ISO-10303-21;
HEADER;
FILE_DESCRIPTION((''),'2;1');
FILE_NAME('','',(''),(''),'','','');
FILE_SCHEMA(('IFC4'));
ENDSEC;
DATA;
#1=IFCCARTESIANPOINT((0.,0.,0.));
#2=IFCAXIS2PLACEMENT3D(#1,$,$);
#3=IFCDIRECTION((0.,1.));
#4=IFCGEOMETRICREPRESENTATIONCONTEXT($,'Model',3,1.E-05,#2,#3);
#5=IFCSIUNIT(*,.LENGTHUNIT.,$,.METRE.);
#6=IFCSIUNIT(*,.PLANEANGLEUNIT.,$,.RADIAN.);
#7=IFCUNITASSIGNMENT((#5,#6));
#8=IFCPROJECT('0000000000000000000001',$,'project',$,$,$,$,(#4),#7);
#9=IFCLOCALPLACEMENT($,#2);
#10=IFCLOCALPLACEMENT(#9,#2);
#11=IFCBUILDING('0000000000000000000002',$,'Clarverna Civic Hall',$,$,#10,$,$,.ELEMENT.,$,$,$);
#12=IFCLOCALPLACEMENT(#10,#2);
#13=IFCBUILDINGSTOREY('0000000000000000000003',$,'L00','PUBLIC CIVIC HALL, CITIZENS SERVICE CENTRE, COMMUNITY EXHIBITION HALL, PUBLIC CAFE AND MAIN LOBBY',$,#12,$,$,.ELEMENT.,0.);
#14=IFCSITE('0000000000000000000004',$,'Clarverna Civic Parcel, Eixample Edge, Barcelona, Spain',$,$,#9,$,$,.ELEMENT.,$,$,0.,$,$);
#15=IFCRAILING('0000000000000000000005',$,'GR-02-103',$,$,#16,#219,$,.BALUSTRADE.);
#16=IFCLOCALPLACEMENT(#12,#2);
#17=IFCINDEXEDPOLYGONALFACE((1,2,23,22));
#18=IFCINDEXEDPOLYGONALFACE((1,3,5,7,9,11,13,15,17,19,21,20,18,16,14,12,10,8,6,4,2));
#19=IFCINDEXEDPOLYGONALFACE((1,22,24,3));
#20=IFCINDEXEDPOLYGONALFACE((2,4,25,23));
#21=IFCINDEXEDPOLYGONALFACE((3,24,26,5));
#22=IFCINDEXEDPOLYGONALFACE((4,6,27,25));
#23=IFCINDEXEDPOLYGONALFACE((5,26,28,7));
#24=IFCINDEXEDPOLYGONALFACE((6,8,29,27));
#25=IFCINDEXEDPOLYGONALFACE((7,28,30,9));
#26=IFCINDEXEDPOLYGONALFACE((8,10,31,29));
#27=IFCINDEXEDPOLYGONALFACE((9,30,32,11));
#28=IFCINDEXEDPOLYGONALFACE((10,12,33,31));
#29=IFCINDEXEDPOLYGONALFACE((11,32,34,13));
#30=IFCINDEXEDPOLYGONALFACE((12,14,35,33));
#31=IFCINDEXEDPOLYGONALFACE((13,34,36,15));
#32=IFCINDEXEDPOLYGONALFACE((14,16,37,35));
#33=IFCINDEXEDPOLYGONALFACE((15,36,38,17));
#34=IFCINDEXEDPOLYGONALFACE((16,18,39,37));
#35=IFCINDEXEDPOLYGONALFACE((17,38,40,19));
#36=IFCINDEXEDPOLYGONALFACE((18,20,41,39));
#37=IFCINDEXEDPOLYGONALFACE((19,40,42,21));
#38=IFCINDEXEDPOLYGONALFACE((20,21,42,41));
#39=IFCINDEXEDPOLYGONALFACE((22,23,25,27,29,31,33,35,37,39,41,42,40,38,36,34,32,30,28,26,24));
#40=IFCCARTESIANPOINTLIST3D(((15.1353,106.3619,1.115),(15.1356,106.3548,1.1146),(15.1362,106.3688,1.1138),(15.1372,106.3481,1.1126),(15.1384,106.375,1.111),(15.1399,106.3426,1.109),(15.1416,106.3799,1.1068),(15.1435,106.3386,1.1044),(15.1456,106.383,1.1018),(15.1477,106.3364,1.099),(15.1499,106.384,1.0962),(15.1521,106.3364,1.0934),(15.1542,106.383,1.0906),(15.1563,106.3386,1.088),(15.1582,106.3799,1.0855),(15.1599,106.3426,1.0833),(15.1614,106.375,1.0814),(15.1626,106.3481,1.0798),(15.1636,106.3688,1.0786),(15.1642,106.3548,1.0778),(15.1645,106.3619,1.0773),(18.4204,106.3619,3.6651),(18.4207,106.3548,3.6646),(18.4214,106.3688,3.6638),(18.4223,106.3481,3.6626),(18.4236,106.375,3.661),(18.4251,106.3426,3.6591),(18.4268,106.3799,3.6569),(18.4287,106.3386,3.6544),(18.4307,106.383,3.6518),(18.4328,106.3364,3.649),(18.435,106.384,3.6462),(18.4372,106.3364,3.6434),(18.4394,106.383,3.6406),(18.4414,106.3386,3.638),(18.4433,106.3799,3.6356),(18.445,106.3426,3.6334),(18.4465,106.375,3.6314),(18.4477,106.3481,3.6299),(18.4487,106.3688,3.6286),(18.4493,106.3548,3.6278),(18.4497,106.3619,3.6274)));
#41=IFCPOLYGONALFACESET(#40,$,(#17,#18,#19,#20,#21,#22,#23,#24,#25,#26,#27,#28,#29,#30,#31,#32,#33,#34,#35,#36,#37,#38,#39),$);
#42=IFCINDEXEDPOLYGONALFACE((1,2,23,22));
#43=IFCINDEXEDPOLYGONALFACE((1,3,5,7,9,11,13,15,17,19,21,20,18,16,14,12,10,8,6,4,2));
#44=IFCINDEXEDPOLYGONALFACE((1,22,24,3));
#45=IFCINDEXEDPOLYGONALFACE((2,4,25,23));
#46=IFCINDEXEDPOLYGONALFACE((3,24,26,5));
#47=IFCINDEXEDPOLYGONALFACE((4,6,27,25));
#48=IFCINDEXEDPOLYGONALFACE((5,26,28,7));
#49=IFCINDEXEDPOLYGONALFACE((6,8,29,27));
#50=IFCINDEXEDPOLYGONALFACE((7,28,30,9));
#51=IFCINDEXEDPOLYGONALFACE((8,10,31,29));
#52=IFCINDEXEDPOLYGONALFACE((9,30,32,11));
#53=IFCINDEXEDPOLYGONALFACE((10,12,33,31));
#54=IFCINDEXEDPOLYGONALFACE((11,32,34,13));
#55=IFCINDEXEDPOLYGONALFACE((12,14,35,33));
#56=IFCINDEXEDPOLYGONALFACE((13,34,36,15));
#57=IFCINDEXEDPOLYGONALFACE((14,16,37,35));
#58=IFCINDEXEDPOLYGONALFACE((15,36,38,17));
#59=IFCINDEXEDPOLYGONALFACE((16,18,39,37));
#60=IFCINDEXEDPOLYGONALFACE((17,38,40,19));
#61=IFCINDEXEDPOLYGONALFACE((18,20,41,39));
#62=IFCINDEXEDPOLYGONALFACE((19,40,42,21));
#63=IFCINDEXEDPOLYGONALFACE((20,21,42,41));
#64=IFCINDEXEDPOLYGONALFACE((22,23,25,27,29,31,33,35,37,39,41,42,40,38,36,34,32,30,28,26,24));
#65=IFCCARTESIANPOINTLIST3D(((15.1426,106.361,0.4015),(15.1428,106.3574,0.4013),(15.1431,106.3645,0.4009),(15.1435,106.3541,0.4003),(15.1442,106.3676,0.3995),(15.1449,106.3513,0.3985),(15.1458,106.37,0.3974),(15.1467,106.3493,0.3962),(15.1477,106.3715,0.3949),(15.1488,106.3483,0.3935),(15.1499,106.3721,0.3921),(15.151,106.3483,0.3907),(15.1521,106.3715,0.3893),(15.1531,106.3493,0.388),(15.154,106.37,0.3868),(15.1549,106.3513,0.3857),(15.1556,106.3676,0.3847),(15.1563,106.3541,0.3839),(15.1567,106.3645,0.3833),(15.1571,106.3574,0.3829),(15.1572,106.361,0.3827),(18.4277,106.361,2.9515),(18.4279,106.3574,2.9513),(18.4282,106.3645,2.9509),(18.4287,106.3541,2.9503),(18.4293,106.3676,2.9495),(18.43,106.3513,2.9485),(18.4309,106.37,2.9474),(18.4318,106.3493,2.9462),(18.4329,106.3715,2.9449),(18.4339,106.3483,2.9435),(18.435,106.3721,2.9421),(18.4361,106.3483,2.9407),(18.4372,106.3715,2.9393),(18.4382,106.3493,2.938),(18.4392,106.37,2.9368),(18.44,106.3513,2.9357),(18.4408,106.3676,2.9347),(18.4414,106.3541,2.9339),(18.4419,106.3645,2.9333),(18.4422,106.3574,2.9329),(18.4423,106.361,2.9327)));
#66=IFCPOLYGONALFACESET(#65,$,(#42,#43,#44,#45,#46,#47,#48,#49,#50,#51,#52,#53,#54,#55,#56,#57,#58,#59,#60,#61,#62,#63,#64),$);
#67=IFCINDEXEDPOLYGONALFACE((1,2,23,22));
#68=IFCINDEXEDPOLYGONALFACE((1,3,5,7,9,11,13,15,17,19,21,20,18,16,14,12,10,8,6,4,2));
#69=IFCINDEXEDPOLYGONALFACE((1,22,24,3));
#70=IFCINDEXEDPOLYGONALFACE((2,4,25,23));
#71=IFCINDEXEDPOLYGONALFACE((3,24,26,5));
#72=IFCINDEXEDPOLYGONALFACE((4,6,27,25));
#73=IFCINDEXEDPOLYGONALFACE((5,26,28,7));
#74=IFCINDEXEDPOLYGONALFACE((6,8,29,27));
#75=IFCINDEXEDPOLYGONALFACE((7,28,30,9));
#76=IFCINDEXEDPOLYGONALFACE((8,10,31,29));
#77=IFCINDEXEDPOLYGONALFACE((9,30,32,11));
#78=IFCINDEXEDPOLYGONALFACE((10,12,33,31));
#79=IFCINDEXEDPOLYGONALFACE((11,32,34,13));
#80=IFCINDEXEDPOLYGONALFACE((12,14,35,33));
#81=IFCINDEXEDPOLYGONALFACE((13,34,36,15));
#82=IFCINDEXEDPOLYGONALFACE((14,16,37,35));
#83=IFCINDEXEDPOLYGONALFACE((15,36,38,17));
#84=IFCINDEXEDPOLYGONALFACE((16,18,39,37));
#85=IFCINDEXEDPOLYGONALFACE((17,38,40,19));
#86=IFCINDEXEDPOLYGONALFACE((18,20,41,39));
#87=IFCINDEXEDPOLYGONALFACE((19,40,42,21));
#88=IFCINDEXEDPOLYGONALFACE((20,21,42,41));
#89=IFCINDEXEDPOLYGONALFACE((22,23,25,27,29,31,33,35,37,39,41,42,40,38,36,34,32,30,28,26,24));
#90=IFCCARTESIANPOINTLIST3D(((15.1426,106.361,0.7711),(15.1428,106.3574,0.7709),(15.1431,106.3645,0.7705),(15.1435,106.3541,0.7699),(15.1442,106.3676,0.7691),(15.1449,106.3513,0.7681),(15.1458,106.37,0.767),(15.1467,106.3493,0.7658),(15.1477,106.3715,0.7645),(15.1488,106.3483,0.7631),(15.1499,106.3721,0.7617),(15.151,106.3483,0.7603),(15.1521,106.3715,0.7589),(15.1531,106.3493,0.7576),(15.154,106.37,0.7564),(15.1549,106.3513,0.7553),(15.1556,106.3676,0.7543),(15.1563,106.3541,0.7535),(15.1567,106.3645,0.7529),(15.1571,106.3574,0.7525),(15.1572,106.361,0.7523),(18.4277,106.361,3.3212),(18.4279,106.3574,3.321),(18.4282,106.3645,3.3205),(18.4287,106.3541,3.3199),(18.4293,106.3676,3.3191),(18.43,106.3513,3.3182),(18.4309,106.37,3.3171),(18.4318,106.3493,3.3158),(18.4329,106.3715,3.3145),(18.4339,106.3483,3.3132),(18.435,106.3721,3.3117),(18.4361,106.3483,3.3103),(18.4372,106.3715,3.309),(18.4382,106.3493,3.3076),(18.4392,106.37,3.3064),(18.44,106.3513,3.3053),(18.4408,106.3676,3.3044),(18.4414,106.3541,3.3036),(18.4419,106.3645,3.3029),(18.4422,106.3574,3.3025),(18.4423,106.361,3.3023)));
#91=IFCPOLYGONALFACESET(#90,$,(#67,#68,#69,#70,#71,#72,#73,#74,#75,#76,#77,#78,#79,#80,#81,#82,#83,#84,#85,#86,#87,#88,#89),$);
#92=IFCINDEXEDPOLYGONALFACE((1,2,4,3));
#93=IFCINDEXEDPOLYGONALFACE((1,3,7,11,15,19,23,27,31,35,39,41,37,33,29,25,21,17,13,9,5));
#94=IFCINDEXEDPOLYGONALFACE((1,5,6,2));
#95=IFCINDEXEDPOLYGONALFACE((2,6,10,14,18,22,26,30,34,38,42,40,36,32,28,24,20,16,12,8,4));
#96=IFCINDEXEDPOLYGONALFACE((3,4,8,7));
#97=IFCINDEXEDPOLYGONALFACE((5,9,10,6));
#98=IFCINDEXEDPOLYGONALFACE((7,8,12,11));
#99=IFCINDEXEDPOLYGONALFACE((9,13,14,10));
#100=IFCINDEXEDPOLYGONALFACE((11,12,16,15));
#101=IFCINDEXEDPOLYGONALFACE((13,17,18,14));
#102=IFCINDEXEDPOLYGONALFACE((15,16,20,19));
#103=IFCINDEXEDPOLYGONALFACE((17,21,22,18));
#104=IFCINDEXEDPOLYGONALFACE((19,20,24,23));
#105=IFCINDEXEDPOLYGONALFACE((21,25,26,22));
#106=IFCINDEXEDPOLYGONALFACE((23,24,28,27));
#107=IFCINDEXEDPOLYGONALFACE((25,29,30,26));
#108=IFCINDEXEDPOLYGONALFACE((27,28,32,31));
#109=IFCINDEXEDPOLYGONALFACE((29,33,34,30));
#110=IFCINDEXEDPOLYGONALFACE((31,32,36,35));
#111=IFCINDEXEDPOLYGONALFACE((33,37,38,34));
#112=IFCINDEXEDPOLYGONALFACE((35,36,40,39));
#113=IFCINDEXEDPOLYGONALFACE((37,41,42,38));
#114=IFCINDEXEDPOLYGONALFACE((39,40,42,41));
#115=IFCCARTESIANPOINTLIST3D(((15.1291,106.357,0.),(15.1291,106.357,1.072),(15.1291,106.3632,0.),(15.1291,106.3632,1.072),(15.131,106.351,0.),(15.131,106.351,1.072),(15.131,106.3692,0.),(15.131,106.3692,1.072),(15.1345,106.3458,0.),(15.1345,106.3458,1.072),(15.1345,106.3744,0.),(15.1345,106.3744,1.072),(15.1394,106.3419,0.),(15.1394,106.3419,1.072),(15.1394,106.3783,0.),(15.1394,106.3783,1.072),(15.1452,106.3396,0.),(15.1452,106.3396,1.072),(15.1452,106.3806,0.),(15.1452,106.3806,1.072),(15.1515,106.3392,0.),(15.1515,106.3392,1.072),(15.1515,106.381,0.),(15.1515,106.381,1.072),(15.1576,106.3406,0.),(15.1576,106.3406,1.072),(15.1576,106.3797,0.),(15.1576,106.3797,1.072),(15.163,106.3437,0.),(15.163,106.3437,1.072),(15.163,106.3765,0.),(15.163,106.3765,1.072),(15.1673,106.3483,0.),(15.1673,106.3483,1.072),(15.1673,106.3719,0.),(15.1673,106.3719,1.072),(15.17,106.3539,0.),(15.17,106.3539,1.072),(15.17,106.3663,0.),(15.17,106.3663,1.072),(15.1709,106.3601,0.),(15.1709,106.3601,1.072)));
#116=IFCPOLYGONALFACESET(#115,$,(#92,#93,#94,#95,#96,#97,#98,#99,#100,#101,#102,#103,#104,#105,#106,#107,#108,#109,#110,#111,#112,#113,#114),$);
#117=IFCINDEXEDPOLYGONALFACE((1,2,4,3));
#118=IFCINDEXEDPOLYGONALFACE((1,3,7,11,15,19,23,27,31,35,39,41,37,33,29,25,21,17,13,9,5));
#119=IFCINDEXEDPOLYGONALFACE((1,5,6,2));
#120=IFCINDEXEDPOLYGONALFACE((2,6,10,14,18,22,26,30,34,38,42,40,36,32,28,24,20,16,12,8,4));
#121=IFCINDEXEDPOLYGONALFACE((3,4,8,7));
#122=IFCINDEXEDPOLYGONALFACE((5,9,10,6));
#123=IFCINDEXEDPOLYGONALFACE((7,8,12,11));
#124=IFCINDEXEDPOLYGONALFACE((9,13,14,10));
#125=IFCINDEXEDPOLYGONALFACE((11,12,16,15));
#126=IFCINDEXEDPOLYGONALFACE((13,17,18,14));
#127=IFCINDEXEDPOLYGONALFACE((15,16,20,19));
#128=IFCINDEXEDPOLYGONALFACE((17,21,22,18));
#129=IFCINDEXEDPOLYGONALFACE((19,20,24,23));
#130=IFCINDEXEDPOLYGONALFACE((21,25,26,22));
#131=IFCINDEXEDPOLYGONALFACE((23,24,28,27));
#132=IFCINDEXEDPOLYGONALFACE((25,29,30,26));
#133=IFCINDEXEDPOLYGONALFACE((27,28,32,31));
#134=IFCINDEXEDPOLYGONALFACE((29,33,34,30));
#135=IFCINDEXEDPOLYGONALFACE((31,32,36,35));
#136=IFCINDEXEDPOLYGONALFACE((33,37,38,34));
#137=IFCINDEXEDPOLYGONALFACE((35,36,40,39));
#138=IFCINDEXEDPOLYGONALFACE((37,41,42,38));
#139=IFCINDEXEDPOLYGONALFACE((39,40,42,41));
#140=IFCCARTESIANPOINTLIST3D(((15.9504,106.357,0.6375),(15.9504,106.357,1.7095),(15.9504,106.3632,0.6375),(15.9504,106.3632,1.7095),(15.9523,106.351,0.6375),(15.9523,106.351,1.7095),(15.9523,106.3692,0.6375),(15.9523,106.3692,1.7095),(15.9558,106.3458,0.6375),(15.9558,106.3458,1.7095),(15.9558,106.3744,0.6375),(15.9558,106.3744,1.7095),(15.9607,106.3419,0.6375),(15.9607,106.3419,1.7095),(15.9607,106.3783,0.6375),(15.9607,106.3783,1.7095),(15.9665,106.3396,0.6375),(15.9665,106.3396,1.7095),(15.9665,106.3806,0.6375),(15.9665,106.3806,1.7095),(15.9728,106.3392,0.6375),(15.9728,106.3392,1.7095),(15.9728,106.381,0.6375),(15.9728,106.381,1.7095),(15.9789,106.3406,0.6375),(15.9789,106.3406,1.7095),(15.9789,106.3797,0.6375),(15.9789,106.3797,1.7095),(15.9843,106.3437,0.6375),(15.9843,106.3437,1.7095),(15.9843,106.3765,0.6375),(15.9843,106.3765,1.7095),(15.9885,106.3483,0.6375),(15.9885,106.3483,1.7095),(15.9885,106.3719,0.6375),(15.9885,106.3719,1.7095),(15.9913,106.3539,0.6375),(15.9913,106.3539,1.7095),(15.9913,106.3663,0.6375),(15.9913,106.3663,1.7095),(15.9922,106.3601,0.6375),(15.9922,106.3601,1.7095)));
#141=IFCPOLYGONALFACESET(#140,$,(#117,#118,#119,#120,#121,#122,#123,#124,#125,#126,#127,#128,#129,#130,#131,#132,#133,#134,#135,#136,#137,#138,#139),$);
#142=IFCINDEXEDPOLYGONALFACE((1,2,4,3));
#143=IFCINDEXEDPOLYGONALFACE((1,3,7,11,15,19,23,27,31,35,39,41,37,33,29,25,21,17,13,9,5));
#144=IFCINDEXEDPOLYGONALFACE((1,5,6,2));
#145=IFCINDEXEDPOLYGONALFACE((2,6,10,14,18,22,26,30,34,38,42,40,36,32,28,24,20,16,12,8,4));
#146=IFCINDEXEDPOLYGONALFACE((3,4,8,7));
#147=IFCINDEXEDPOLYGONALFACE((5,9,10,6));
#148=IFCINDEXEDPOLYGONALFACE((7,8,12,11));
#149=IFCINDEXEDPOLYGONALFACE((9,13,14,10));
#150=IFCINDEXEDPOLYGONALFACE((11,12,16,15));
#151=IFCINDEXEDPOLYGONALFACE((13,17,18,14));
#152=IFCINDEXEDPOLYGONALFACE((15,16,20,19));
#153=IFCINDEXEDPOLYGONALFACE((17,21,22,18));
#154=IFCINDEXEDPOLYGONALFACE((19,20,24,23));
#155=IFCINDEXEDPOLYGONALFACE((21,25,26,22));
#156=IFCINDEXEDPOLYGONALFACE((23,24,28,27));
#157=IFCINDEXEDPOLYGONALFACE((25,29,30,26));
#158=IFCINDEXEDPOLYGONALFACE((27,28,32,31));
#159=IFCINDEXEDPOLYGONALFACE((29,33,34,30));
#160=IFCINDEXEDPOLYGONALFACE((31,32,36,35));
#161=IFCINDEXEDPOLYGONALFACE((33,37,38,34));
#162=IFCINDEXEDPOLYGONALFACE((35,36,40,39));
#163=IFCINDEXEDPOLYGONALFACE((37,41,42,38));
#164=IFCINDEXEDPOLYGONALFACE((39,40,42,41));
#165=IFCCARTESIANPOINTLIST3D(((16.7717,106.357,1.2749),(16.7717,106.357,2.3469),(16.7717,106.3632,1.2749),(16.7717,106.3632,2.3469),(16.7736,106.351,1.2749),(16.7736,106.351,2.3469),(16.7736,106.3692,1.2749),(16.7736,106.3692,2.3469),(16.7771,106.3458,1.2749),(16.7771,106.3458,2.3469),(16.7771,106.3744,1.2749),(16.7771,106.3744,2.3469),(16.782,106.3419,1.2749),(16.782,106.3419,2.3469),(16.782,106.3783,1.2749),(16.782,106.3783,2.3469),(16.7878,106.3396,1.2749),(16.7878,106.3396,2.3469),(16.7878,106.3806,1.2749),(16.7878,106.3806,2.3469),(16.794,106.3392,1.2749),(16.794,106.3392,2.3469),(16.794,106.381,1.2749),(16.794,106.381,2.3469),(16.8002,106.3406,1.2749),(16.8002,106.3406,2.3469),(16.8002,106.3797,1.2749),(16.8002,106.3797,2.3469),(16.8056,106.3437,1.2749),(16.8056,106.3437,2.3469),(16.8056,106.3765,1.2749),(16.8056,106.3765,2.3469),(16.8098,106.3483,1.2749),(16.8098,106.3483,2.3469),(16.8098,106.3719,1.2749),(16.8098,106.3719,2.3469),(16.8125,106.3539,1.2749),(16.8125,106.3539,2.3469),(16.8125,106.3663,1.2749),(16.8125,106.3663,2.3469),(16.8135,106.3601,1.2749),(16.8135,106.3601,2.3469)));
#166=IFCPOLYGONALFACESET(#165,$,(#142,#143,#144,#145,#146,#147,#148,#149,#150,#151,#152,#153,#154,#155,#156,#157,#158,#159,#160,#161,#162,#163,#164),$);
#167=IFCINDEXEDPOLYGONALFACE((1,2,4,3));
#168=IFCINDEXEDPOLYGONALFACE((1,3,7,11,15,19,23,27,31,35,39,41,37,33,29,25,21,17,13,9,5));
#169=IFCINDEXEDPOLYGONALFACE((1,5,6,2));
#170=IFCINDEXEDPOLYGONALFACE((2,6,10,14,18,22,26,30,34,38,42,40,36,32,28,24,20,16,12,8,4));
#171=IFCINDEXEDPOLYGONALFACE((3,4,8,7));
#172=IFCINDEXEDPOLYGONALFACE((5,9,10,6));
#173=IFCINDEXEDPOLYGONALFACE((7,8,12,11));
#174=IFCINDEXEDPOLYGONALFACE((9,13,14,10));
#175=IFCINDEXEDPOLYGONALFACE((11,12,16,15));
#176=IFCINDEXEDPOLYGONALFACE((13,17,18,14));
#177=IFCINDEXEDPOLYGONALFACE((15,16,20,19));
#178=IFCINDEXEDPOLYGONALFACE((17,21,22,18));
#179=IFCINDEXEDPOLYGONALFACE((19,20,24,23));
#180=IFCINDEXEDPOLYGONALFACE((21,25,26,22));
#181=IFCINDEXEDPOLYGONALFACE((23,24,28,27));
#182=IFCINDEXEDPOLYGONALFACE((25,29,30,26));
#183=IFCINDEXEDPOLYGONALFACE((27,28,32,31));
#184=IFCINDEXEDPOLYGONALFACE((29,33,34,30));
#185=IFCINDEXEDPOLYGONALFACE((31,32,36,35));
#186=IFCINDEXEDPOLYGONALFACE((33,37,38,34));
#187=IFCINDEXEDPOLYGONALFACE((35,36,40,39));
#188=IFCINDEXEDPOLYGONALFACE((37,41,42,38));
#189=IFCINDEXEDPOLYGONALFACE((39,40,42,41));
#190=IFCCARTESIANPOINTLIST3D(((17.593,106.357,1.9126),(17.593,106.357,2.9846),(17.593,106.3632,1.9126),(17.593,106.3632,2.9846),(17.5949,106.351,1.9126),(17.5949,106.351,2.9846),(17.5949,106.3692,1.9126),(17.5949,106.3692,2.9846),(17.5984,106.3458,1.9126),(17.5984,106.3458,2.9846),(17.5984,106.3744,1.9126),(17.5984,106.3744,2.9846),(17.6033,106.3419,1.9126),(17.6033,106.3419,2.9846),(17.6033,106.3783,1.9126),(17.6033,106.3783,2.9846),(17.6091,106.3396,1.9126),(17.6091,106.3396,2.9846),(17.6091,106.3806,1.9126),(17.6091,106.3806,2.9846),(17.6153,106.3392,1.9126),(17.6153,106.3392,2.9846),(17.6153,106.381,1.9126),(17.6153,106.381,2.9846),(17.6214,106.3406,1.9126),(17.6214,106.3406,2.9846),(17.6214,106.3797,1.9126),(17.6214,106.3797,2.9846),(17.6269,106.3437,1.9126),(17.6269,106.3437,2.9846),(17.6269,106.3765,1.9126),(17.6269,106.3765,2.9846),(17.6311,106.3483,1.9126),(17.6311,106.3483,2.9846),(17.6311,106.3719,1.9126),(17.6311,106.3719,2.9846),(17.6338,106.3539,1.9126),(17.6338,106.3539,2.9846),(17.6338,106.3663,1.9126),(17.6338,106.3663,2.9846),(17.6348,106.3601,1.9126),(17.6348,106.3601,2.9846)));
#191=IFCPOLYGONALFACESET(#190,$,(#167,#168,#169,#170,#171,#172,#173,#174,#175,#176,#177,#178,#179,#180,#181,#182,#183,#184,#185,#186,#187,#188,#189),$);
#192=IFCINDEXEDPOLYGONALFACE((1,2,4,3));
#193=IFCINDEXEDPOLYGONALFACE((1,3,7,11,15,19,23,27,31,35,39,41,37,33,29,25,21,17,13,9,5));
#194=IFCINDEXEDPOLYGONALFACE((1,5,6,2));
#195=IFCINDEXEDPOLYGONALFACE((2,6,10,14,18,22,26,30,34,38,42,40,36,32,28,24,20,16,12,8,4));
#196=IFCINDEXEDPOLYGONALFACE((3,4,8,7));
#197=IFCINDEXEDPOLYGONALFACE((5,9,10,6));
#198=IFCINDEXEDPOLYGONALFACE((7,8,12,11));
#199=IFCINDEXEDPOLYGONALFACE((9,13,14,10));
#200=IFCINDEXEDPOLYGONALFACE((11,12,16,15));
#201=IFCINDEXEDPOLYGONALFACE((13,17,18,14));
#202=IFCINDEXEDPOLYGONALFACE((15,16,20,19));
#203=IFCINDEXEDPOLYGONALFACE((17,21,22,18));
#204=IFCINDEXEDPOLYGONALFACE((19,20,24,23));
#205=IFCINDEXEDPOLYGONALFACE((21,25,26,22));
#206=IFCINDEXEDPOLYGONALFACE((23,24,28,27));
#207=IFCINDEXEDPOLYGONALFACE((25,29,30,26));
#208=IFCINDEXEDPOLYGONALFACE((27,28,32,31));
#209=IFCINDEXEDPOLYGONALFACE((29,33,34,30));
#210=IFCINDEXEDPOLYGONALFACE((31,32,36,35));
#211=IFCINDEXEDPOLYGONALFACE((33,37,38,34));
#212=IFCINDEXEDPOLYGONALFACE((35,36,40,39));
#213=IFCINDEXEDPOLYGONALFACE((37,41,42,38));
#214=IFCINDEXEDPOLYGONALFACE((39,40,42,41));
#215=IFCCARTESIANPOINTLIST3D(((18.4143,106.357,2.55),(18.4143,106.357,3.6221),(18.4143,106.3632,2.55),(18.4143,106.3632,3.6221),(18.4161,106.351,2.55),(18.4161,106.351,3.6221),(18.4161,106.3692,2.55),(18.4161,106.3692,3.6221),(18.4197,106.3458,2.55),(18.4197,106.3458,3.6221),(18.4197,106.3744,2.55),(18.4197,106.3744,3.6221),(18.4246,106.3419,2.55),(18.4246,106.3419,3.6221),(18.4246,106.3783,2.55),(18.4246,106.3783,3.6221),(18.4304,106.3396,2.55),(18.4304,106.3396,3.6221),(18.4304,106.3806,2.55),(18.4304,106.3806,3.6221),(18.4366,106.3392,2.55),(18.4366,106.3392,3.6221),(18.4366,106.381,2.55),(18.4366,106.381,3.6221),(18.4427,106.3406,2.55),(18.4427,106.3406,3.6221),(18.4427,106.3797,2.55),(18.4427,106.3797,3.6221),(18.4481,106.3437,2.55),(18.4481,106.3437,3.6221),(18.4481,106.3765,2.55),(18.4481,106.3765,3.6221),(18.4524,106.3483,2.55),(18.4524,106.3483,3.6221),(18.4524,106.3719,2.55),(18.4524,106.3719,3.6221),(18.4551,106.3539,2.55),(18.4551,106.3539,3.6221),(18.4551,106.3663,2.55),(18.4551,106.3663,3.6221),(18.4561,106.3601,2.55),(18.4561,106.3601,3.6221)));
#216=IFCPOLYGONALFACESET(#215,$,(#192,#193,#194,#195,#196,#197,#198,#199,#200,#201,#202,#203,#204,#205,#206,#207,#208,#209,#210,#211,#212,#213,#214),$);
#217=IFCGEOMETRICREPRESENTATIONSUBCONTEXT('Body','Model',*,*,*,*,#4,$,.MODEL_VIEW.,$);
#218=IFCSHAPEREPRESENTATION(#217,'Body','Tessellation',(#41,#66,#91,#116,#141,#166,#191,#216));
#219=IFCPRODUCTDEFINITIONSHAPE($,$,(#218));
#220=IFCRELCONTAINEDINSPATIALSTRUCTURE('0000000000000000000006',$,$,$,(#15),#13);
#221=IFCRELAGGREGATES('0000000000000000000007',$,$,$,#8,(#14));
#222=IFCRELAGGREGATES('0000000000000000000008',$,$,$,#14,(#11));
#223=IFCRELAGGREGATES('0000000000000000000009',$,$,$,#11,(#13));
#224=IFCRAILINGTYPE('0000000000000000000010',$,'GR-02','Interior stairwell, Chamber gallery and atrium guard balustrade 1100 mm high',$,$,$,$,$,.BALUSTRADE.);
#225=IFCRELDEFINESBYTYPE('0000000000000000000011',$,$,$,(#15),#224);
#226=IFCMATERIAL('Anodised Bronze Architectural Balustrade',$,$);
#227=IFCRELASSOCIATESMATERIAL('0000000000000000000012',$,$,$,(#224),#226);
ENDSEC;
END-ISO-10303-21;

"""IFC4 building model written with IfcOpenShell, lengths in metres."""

from ifc_helpers import new_model, si_unit, direction, frame, origin, origin_2d, place, context, subcontext, project, spatial, circle, extrude, material, type_object, element, save


model = new_model("IFC4")

# Units and contexts
model_context = context("Model", 3, precision=1e-05, world=origin(), true_north=direction((0.0, 1.0)))
body_context = subcontext(model_context, "Body", "Model", "MODEL_VIEW")
ifc_project = project(units=[si_unit("LENGTHUNIT", "METRE"), si_unit("PLANEANGLEUNIT", "RADIAN")], contexts=[model_context])

# Site, building, storey
site_placement = place(None, origin())
site = spatial("IfcSite", under=ifc_project, at=site_placement, Name="Clarverna Civic Parcel, Eixample Edge, Barcelona, Spain", CompositionType="ELEMENT", RefElevation=0.0)
building_placement = place(site_placement, origin())
building = spatial("IfcBuilding", under=site, at=building_placement, Name="Clarverna Civic Hall", CompositionType="ELEMENT")
storey_placement = place(building_placement, origin())
storey = spatial("IfcBuildingStorey", under=building, at=storey_placement, Name="L00", Description="PUBLIC CIVIC HALL, CITIZENS SERVICE CENTRE, COMMUNITY EXHIBITION HALL, PUBLIC CAFE AND MAIN LOBBY", CompositionType="ELEMENT", Elevation=0.0)

# Railing
ifc_material_1 = material(Name="Anodised Bronze Architectural Balustrade")
railing_type = type_object("IfcRailingType", Name="GR-02", Description="Interior stairwell, Chamber gallery and atrium guard balustrade 1100 mm high", PredefinedType="BALUSTRADE", material=ifc_material_1)
railing_1_placement = place(storey_placement, frame((15.1499, 106.3601, 0.0)))
element("IfcRailing", 1, at=railing_1_placement, inside=storey, type_object=railing_type, Name="GR-02-103", PredefinedType="BALUSTRADE", context=body_context, shape_type="SweptSolid", body=[
    extrude(circle(Radius=0.0239, at=origin_2d()), frame((0.0, 0.0, 1.0962), z_axis=(0.789943, 0.0, 0.61318), x_axis=(0.0, 1.0, 0.0)), (0.0, 0.0, 1.0), 4.1587),
    extrude(circle(Radius=0.012, at=origin_2d()), frame((0.0, 0.0, 0.3921), z_axis=(0.789943, 0.0, 0.61318), x_axis=(0.0, 1.0, 0.0)), (0.0, 0.0, 1.0), 4.1587),
    extrude(circle(Radius=0.012, at=origin_2d()), frame((0.0, 0.0, 0.7617), z_axis=(0.789943, 0.0, 0.61318), x_axis=(0.0, 1.0, 0.0)), (0.0, 0.0, 1.0), 4.1587),
    extrude(circle(Radius=0.021, at=origin_2d()), origin(), (0.0, 0.0, 1.0), 1.072),
    extrude(circle(Radius=0.021, at=origin_2d()), frame((0.8213, 0.0, 0.6375)), (0.0, 0.0, 1.0), 1.072),
    extrude(circle(Radius=0.021, at=origin_2d()), frame((1.6426, 0.0, 1.2749)), (0.0, 0.0, 1.0), 1.072),
    extrude(circle(Radius=0.021, at=origin_2d()), frame((2.4639, 0.0, 1.9126)), (0.0, 0.0, 1.0), 1.072),
    extrude(circle(Radius=0.021, at=origin_2d()), frame((3.2852, 0.0, 2.55)), (0.0, 0.0, 1.0), 1.072),
])

save(model, "model.ifc")
